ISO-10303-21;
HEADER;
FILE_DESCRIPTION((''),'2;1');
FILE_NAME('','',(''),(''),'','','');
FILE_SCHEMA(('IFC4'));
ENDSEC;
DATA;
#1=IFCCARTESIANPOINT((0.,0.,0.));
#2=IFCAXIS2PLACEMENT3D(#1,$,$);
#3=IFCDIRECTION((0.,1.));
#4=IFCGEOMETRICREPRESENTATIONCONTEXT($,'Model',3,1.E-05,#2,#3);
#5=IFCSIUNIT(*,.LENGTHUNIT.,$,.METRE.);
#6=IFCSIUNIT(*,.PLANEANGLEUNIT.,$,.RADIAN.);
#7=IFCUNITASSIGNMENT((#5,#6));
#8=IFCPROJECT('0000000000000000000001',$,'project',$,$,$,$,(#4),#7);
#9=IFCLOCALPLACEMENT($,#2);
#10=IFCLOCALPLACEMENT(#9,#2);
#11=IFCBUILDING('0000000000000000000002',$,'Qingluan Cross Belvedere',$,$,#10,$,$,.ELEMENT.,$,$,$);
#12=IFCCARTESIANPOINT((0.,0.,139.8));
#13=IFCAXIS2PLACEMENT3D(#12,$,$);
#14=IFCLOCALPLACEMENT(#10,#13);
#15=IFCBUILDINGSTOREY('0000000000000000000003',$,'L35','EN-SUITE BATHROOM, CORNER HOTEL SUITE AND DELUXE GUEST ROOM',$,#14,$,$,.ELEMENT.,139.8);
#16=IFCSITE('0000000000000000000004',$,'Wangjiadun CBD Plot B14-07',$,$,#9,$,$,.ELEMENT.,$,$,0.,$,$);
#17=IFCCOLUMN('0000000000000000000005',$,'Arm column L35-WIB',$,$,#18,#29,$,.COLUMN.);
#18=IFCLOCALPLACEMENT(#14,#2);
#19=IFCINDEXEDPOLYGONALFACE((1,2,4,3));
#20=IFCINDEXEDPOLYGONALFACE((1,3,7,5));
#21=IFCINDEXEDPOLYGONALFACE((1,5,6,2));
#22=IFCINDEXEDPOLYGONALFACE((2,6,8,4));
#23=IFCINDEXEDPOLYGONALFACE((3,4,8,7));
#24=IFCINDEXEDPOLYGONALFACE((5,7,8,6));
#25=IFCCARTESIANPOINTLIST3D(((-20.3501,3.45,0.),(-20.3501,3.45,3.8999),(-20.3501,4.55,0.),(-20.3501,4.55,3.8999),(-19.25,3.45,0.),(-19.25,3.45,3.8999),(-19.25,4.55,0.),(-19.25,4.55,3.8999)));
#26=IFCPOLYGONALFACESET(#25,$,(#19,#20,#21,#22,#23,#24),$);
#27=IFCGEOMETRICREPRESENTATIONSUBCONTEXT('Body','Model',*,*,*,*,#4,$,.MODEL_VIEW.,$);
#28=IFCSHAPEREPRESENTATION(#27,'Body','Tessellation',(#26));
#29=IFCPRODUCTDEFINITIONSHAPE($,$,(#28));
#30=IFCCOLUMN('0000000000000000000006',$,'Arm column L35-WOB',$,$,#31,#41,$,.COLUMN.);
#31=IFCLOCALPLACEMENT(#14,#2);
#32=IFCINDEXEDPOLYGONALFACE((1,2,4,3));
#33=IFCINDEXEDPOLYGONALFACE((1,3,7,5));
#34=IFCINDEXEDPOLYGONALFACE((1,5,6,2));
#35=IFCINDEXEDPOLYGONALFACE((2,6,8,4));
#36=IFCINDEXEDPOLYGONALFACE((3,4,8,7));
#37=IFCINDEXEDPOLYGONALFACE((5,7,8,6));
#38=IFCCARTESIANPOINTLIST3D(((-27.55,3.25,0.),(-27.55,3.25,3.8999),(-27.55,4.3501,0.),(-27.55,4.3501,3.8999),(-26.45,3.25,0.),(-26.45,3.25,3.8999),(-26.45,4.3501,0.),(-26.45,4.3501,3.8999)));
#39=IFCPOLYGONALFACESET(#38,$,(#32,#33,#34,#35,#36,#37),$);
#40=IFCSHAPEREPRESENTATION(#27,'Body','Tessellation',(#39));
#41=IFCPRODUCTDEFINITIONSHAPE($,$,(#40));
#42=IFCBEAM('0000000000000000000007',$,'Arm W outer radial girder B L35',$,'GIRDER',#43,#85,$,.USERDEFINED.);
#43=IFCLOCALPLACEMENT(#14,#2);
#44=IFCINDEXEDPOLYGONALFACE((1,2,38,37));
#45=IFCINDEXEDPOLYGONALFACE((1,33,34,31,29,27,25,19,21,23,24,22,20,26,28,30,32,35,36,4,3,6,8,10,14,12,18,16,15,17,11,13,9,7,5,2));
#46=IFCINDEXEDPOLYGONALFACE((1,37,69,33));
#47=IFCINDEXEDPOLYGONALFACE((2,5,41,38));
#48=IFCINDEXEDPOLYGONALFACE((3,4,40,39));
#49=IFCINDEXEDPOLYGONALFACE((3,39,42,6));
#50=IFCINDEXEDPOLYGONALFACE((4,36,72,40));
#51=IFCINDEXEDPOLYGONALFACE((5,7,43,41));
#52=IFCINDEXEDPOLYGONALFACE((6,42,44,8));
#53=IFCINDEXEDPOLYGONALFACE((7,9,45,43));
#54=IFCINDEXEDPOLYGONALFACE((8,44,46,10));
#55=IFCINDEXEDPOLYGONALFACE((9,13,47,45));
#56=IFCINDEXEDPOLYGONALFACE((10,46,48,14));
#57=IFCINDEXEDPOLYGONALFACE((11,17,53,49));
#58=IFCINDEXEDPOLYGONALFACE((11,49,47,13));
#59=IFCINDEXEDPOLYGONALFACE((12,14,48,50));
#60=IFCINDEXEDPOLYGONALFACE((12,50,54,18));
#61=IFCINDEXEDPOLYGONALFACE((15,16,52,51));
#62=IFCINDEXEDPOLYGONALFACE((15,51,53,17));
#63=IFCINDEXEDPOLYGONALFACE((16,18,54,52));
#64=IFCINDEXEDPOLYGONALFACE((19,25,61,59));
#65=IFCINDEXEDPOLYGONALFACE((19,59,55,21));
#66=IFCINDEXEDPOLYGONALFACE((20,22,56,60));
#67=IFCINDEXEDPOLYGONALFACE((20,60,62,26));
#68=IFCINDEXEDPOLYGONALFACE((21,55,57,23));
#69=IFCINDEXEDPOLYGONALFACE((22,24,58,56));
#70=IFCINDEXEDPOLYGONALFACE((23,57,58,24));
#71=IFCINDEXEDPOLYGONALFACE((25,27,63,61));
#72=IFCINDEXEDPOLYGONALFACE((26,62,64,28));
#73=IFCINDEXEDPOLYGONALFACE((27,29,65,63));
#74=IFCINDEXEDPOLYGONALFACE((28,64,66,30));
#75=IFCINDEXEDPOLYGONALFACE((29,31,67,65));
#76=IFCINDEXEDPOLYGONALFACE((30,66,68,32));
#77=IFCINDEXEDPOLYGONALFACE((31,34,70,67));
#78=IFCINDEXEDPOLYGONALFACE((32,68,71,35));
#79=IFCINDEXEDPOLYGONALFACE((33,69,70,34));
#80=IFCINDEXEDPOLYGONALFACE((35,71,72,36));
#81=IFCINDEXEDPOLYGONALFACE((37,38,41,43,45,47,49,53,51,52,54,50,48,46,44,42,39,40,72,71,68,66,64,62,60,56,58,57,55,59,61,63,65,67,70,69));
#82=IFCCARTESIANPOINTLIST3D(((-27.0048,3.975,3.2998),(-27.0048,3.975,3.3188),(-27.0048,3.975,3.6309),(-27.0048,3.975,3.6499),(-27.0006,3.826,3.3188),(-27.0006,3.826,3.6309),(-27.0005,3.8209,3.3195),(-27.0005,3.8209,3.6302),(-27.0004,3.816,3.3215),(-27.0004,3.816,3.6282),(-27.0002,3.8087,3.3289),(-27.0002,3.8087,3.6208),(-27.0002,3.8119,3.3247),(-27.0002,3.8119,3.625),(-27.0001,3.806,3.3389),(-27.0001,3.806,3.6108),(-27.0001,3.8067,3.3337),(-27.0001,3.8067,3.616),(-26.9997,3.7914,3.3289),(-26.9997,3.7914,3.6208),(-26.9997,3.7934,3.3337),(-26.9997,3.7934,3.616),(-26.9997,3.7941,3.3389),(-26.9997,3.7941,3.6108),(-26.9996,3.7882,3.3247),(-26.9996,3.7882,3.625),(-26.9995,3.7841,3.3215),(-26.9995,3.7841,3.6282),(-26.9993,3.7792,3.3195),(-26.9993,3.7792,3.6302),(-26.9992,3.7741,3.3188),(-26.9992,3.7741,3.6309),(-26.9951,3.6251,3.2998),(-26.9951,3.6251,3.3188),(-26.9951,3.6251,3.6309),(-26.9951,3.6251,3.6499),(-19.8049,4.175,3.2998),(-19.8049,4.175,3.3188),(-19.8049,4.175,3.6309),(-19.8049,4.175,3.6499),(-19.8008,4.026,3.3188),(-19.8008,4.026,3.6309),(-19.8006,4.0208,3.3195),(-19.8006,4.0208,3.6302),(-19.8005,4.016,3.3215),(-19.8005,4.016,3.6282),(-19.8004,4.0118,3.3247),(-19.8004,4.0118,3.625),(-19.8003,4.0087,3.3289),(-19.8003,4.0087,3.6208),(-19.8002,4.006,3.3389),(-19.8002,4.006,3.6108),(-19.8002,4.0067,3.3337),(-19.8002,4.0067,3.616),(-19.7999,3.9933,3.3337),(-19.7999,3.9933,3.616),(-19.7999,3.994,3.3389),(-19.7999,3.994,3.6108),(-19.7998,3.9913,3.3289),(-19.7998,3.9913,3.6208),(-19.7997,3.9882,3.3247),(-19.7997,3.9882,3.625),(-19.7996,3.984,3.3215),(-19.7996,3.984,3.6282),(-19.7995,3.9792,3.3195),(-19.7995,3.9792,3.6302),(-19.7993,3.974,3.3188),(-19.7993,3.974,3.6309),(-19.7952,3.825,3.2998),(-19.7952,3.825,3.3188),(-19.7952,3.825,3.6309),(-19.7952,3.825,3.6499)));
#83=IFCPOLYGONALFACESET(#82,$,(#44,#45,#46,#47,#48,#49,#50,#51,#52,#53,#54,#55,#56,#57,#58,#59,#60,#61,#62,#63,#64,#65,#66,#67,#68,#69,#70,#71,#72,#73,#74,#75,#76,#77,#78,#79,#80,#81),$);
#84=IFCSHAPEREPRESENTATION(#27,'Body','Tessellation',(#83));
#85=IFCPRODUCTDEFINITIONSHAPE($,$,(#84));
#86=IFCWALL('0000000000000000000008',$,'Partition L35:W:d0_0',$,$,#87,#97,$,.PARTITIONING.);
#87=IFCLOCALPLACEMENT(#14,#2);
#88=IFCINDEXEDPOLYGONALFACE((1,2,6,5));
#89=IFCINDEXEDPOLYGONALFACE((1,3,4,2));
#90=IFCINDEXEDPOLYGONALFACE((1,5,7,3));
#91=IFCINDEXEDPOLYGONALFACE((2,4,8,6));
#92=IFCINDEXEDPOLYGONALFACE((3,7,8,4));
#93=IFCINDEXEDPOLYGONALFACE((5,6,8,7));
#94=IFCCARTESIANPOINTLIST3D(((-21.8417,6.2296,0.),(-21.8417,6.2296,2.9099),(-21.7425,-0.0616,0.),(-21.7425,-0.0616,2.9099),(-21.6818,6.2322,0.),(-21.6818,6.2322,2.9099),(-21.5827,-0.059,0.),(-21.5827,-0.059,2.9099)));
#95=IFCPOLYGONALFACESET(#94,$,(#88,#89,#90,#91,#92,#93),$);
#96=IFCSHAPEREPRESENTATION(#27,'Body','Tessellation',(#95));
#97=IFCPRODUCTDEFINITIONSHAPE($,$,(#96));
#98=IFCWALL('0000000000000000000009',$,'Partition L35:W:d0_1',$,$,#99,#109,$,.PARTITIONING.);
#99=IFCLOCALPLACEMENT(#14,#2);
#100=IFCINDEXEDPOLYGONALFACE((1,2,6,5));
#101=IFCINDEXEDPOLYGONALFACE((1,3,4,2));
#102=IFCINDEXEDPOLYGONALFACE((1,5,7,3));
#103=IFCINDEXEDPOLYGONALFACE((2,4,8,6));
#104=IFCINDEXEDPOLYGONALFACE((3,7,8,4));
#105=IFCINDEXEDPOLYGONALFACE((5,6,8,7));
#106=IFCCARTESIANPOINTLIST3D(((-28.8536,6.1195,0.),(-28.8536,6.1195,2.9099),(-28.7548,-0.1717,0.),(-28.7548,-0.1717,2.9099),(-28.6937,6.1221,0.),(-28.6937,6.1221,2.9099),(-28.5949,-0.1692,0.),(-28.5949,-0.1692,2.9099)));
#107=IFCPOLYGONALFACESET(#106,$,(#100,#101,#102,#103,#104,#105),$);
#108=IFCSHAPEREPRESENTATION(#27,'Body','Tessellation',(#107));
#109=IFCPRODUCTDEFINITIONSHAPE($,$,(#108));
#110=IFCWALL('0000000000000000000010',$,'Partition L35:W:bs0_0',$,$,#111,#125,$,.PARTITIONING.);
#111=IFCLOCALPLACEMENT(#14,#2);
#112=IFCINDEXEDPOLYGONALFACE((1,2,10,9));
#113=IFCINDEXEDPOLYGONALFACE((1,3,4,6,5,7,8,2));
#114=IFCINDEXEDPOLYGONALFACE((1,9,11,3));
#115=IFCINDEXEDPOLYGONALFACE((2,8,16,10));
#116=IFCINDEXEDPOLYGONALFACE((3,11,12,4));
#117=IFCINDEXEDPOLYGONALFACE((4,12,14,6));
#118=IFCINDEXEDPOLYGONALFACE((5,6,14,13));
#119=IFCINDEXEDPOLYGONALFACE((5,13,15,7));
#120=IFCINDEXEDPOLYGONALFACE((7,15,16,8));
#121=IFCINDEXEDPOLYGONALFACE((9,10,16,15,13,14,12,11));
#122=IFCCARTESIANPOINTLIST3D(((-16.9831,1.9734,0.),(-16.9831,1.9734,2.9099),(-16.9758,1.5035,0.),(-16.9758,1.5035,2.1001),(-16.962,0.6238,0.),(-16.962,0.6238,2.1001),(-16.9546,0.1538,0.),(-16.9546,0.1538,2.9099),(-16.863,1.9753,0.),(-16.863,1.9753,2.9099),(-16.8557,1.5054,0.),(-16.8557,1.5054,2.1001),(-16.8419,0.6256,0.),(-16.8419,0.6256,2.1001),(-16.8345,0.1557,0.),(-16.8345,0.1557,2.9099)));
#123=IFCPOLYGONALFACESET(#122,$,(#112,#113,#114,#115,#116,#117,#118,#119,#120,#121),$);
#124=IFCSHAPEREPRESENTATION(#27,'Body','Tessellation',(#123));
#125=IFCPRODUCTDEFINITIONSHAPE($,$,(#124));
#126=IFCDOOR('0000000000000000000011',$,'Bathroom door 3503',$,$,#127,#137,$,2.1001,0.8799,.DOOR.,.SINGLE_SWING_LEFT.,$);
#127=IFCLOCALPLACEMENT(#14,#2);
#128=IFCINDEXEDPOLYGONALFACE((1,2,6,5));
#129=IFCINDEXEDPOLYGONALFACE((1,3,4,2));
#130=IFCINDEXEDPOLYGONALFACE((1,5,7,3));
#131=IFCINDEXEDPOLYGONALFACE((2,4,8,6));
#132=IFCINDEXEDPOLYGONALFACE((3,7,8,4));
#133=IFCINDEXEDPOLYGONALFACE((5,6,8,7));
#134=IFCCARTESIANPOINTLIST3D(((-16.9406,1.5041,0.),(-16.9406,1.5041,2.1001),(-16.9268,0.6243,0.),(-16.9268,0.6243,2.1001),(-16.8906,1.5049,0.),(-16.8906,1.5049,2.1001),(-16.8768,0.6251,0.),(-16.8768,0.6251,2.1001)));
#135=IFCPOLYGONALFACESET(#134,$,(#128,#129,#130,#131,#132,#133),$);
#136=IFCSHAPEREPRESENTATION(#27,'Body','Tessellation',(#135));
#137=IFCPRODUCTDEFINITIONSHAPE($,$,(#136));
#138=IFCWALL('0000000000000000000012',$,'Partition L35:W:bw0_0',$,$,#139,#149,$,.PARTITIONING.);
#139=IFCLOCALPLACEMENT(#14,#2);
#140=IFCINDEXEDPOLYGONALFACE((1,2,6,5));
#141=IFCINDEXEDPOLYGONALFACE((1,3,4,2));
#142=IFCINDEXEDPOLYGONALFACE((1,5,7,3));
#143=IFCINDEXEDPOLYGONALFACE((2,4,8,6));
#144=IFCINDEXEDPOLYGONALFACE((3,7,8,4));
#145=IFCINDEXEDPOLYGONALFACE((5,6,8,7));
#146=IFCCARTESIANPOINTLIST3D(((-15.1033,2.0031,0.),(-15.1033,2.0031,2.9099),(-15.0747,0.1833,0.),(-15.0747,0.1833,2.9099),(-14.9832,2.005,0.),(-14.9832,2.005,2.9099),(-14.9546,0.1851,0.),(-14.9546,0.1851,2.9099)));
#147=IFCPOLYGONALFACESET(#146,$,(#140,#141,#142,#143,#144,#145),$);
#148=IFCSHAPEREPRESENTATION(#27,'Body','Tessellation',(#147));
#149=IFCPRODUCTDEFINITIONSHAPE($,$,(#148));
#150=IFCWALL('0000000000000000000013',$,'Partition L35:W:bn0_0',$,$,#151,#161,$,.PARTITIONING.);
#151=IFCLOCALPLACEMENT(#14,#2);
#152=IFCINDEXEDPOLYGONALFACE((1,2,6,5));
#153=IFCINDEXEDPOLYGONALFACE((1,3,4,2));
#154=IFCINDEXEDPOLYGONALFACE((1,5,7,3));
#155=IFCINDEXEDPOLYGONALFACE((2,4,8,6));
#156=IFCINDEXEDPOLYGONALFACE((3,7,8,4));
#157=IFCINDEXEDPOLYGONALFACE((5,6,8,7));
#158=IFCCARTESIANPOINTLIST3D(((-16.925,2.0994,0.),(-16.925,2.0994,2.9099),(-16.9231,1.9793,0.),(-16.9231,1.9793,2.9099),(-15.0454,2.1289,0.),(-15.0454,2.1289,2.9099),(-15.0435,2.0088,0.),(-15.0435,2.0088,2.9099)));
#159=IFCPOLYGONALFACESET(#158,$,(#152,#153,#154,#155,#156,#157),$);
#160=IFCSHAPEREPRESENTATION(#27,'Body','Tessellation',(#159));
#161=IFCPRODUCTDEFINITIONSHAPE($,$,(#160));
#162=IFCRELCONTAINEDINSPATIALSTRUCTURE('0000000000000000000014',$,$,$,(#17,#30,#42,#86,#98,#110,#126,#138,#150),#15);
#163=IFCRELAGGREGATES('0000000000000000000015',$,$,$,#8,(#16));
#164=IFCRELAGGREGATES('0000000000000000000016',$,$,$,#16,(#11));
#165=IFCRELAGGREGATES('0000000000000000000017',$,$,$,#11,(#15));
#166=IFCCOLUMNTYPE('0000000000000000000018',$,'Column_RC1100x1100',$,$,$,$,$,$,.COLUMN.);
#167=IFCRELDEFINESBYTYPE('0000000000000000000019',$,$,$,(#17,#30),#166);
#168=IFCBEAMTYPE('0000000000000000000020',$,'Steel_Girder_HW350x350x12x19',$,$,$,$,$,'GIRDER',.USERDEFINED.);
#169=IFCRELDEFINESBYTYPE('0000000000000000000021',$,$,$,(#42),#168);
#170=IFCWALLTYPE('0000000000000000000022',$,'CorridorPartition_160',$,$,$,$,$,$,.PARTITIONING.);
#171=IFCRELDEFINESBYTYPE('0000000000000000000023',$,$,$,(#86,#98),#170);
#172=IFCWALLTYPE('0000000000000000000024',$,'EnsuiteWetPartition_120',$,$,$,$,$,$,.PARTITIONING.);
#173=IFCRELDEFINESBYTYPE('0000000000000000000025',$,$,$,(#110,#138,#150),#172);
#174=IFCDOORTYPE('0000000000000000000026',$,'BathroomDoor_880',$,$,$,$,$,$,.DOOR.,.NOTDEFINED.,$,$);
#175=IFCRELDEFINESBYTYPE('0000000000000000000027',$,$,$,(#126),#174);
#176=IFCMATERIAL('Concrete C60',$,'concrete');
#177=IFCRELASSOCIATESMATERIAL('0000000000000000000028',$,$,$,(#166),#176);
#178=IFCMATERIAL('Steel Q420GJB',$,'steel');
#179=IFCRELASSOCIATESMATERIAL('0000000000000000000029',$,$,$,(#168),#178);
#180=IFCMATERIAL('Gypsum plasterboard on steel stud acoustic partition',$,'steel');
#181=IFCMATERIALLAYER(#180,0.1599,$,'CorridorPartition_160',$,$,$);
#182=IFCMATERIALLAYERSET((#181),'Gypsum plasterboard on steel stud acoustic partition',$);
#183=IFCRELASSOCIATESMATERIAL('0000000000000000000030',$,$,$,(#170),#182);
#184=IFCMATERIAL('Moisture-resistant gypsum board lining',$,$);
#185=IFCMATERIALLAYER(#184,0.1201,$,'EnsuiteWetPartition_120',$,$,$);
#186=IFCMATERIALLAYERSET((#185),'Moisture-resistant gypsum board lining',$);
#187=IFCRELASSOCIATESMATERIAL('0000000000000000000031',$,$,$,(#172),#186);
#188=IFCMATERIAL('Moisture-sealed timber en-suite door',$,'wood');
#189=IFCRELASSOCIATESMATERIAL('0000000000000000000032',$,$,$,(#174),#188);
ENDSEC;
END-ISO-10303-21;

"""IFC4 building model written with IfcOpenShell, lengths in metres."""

from ifc_helpers import new_model, si_unit, direction, frame, frame_2d, origin, origin_2d, place, context, subcontext, project, spatial, rectangle, i_section, extrude, material, layer, layer_set, material_profile, profile_set, type_object, element, fill, save


model = new_model("IFC4")

# Units and contexts
model_context = context("Model", 3, precision=1e-05, world=origin(), true_north=direction((0.0, 1.0)))
body_context = subcontext(model_context, "Body", "Model", "MODEL_VIEW")
ifc_project = project(units=[si_unit("LENGTHUNIT", "METRE"), si_unit("PLANEANGLEUNIT", "RADIAN")], contexts=[model_context])

# Site, building, storey
site_placement = place(None, origin())
site = spatial("IfcSite", under=ifc_project, at=site_placement, Name="Wangjiadun CBD Plot B14-07", CompositionType="ELEMENT", RefElevation=0.0)
building_placement = place(site_placement, origin())
building = spatial("IfcBuilding", under=site, at=building_placement, Name="Qingluan Cross Belvedere", CompositionType="ELEMENT")
storey_placement = place(building_placement, frame((0.0, 0.0, 139.8)))
storey = spatial("IfcBuildingStorey", under=building, at=storey_placement, Name="L35", Description="EN-SUITE BATHROOM, CORNER HOTEL SUITE AND DELUXE GUEST ROOM", CompositionType="ELEMENT", Elevation=139.8)

# Columns
ifc_material_1 = material(Name="Concrete C60", Category="concrete")
ifc_material_profile_1 = material_profile(ifc_material_1, rectangle(XDim=1.1001, YDim=1.1001, at=origin_2d()), Name="RC1100x1100")
ifc_profile_set_1 = profile_set([ifc_material_profile_1], Name="Concrete C60")
column_type = type_object("IfcColumnType", Name="Column_RC1100x1100", PredefinedType="COLUMN", material=ifc_profile_set_1)
for number, where, z_axis, x_axis, name in (
    (1, (-19.8, 4.0, 0.0), (0.0, 0.0, 1.0), (1.0, 0.0, 0.0), "Arm column L35-WIB"),
    (2, (-27.0, 3.8, 0.0), (0.0, 0.0, 1.0), (1.0, 0.0, 0.0), "Arm column L35-WOB"),
):
    element("IfcColumn", number, at=place(storey_placement, frame(where, z_axis=z_axis, x_axis=x_axis)), inside=storey, type_object=column_type, Name=name, PredefinedType="COLUMN", context=body_context, shape_type="SweptSolid", body=[
        extrude(rectangle(XDim=1.1001, YDim=1.1001, at=origin_2d()), origin(), (0.0, 0.0, 1.0), 3.8999),
    ])

# Beam
ifc_material_2 = material(Name="Steel Q420GJB", Category="steel")
ifc_material_profile_2 = material_profile(ifc_material_2, i_section(OverallWidth=0.3501, OverallDepth=0.3501, WebThickness=0.012, FlangeThickness=0.019, FilletRadius=0.02, at=origin_2d()), Name="HW350x350x12x19")
ifc_profile_set_2 = profile_set([ifc_material_profile_2], Name="Steel Q420GJB")
beam_type = type_object("IfcBeamType", Name="Steel_Girder_HW350x350x12x19", ElementType="GIRDER", PredefinedType="USERDEFINED", material=ifc_profile_set_2)
beam_placement = place(storey_placement, frame((-19.8, 4.0, 3.4749), z_axis=(-0.999615, -0.02776, 0.0), x_axis=(0.02776, -0.999615, 0.0)))
element("IfcBeam", 3, at=beam_placement, inside=storey, type_object=beam_type, Name="Arm W outer radial girder B L35", ObjectType="GIRDER", PredefinedType="USERDEFINED", context=body_context, shape_type="SweptSolid", body=[
    extrude(i_section(OverallWidth=0.3501, OverallDepth=0.3501, WebThickness=0.012, FlangeThickness=0.019, FilletRadius=0.02, at=origin_2d()), origin(), (0.0, 0.0, 1.0), 7.2026),
])

# Walls
ifc_material_3 = material(Name="Gypsum plasterboard on steel stud acoustic partition", Category="steel")
ifc_layer_1 = layer(ifc_material_3, 0.1599, Name="CorridorPartition_160")
ifc_layer_set_1 = layer_set([ifc_layer_1], Name="Gypsum plasterboard on steel stud acoustic partition")
wall_type_1 = type_object("IfcWallType", Name="CorridorPartition_160", PredefinedType="PARTITIONING", material=ifc_layer_set_1)
for number, where, z_axis, x_axis, name in (
    (4, (-21.6626, -0.0603, 0.0), (0.0, 0.0, 1.0), (-0.015753, 0.999876, 0.0), "Partition L35:W:d0_0"),
    (5, (-28.6748, -0.1704, 0.0), (0.0, 0.0, 1.0), (-0.015715, 0.999877, 0.0), "Partition L35:W:d0_1"),
):
    element("IfcWall", number, at=place(storey_placement, frame(where, z_axis=z_axis, x_axis=x_axis)), inside=storey, type_object=wall_type_1, Name=name, PredefinedType="PARTITIONING", context=body_context, shape_type="SweptSolid", body=[
        extrude(rectangle(XDim=6.292, YDim=0.1599, at=frame_2d((3.146, 0.0))), origin(), (0.0, 0.0, 1.0), 2.9099),
    ])

# Wall, opening, door
ifc_material_4 = material(Name="Moisture-resistant gypsum board lining")
ifc_layer_2 = layer(ifc_material_4, 0.1201, Name="EnsuiteWetPartition_120")
ifc_layer_set_2 = layer_set([ifc_layer_2], Name="Moisture-resistant gypsum board lining")
wall_type_2 = type_object("IfcWallType", Name="EnsuiteWetPartition_120", PredefinedType="PARTITIONING", material=ifc_layer_set_2)
wall_1_placement = place(storey_placement, frame((-16.8945, 0.1548, 0.0), z_axis=(0.0, 0.0, 1.0), x_axis=(-0.015696, 0.999877, 0.0)))
wall_1 = element("IfcWall", 6, at=wall_1_placement, inside=storey, type_object=wall_type_2, Name="Partition L35:W:bs0_0", PredefinedType="PARTITIONING", context=body_context, shape_type="SweptSolid", body=[
    extrude(rectangle(XDim=1.8198, YDim=0.1201, at=frame_2d((0.9099, 0.0))), origin(), (0.0, 0.0, 1.0), 2.9099),
])
opening_1_placement = place(wall_1_placement, frame((0.47, 0.0, 0.0)))
opening_1 = element("IfcOpeningElement", 7, at=opening_1_placement, cuts=wall_1, PredefinedType="OPENING", context=body_context, shape_type="SweptSolid", body=[
    extrude(rectangle(XDim=0.8799, YDim=2.1001, at=frame_2d((0.4399, 1.05))), frame((0.0, 0.0701, 0.0), z_axis=(0.0, -1.0, 0.0), x_axis=(1.0, 0.0, 0.0)), (0.0, 0.0, 1.0), 0.1401),
])
ifc_material_5 = material(Name="Moisture-sealed timber en-suite door", Category="wood")
door_type = type_object("IfcDoorType", Name="BathroomDoor_880", OperationType="NOTDEFINED", PredefinedType="DOOR", material=ifc_material_5)
door_1_placement = place(opening_1_placement, origin())
door_1 = element("IfcDoor", 8, at=door_1_placement, inside=storey, type_object=door_type, Name="Bathroom door 3503", OperationType="SINGLE_SWING_LEFT", OverallHeight=2.1001, OverallWidth=0.8799, PredefinedType="DOOR", context=body_context, shape_type="SweptSolid", body=[
    extrude(rectangle(XDim=0.8799, YDim=2.1001, at=frame_2d((0.4399, 1.05))), frame((0.0, 0.0249, 0.0), z_axis=(0.0, -1.0, 0.0), x_axis=(1.0, 0.0, 0.0)), (0.0, 0.0, 1.0), 0.05),
])
fill(opening_1, door_1)

# Walls
wall_2_placement = place(storey_placement, frame((-15.0146, 0.1841, 0.0), z_axis=(0.0, 0.0, 1.0), x_axis=(-0.015694, 0.999877, 0.0)))
element("IfcWall", 9, at=wall_2_placement, inside=storey, type_object=wall_type_2, Name="Partition L35:W:bw0_0", PredefinedType="PARTITIONING", context=body_context, shape_type="SweptSolid", body=[
    extrude(rectangle(XDim=1.8201, YDim=0.1201, at=frame_2d((0.9102, 0.0))), origin(), (0.0, 0.0, 1.0), 2.9099),
])
wall_3_placement = place(storey_placement, frame((-15.0444, 2.0688, 0.0), z_axis=(0.0, 0.0, 1.0), x_axis=(-0.999877, -0.015714, 0.0)))
element("IfcWall", 10, at=wall_3_placement, inside=storey, type_object=wall_type_2, Name="Partition L35:W:bn0_0", PredefinedType="PARTITIONING", context=body_context, shape_type="SweptSolid", body=[
    extrude(rectangle(XDim=1.8799, YDim=0.1201, at=frame_2d((0.9399, 0.0))), origin(), (0.0, 0.0, 1.0), 2.9099),
])

save(model, "model.ifc")
